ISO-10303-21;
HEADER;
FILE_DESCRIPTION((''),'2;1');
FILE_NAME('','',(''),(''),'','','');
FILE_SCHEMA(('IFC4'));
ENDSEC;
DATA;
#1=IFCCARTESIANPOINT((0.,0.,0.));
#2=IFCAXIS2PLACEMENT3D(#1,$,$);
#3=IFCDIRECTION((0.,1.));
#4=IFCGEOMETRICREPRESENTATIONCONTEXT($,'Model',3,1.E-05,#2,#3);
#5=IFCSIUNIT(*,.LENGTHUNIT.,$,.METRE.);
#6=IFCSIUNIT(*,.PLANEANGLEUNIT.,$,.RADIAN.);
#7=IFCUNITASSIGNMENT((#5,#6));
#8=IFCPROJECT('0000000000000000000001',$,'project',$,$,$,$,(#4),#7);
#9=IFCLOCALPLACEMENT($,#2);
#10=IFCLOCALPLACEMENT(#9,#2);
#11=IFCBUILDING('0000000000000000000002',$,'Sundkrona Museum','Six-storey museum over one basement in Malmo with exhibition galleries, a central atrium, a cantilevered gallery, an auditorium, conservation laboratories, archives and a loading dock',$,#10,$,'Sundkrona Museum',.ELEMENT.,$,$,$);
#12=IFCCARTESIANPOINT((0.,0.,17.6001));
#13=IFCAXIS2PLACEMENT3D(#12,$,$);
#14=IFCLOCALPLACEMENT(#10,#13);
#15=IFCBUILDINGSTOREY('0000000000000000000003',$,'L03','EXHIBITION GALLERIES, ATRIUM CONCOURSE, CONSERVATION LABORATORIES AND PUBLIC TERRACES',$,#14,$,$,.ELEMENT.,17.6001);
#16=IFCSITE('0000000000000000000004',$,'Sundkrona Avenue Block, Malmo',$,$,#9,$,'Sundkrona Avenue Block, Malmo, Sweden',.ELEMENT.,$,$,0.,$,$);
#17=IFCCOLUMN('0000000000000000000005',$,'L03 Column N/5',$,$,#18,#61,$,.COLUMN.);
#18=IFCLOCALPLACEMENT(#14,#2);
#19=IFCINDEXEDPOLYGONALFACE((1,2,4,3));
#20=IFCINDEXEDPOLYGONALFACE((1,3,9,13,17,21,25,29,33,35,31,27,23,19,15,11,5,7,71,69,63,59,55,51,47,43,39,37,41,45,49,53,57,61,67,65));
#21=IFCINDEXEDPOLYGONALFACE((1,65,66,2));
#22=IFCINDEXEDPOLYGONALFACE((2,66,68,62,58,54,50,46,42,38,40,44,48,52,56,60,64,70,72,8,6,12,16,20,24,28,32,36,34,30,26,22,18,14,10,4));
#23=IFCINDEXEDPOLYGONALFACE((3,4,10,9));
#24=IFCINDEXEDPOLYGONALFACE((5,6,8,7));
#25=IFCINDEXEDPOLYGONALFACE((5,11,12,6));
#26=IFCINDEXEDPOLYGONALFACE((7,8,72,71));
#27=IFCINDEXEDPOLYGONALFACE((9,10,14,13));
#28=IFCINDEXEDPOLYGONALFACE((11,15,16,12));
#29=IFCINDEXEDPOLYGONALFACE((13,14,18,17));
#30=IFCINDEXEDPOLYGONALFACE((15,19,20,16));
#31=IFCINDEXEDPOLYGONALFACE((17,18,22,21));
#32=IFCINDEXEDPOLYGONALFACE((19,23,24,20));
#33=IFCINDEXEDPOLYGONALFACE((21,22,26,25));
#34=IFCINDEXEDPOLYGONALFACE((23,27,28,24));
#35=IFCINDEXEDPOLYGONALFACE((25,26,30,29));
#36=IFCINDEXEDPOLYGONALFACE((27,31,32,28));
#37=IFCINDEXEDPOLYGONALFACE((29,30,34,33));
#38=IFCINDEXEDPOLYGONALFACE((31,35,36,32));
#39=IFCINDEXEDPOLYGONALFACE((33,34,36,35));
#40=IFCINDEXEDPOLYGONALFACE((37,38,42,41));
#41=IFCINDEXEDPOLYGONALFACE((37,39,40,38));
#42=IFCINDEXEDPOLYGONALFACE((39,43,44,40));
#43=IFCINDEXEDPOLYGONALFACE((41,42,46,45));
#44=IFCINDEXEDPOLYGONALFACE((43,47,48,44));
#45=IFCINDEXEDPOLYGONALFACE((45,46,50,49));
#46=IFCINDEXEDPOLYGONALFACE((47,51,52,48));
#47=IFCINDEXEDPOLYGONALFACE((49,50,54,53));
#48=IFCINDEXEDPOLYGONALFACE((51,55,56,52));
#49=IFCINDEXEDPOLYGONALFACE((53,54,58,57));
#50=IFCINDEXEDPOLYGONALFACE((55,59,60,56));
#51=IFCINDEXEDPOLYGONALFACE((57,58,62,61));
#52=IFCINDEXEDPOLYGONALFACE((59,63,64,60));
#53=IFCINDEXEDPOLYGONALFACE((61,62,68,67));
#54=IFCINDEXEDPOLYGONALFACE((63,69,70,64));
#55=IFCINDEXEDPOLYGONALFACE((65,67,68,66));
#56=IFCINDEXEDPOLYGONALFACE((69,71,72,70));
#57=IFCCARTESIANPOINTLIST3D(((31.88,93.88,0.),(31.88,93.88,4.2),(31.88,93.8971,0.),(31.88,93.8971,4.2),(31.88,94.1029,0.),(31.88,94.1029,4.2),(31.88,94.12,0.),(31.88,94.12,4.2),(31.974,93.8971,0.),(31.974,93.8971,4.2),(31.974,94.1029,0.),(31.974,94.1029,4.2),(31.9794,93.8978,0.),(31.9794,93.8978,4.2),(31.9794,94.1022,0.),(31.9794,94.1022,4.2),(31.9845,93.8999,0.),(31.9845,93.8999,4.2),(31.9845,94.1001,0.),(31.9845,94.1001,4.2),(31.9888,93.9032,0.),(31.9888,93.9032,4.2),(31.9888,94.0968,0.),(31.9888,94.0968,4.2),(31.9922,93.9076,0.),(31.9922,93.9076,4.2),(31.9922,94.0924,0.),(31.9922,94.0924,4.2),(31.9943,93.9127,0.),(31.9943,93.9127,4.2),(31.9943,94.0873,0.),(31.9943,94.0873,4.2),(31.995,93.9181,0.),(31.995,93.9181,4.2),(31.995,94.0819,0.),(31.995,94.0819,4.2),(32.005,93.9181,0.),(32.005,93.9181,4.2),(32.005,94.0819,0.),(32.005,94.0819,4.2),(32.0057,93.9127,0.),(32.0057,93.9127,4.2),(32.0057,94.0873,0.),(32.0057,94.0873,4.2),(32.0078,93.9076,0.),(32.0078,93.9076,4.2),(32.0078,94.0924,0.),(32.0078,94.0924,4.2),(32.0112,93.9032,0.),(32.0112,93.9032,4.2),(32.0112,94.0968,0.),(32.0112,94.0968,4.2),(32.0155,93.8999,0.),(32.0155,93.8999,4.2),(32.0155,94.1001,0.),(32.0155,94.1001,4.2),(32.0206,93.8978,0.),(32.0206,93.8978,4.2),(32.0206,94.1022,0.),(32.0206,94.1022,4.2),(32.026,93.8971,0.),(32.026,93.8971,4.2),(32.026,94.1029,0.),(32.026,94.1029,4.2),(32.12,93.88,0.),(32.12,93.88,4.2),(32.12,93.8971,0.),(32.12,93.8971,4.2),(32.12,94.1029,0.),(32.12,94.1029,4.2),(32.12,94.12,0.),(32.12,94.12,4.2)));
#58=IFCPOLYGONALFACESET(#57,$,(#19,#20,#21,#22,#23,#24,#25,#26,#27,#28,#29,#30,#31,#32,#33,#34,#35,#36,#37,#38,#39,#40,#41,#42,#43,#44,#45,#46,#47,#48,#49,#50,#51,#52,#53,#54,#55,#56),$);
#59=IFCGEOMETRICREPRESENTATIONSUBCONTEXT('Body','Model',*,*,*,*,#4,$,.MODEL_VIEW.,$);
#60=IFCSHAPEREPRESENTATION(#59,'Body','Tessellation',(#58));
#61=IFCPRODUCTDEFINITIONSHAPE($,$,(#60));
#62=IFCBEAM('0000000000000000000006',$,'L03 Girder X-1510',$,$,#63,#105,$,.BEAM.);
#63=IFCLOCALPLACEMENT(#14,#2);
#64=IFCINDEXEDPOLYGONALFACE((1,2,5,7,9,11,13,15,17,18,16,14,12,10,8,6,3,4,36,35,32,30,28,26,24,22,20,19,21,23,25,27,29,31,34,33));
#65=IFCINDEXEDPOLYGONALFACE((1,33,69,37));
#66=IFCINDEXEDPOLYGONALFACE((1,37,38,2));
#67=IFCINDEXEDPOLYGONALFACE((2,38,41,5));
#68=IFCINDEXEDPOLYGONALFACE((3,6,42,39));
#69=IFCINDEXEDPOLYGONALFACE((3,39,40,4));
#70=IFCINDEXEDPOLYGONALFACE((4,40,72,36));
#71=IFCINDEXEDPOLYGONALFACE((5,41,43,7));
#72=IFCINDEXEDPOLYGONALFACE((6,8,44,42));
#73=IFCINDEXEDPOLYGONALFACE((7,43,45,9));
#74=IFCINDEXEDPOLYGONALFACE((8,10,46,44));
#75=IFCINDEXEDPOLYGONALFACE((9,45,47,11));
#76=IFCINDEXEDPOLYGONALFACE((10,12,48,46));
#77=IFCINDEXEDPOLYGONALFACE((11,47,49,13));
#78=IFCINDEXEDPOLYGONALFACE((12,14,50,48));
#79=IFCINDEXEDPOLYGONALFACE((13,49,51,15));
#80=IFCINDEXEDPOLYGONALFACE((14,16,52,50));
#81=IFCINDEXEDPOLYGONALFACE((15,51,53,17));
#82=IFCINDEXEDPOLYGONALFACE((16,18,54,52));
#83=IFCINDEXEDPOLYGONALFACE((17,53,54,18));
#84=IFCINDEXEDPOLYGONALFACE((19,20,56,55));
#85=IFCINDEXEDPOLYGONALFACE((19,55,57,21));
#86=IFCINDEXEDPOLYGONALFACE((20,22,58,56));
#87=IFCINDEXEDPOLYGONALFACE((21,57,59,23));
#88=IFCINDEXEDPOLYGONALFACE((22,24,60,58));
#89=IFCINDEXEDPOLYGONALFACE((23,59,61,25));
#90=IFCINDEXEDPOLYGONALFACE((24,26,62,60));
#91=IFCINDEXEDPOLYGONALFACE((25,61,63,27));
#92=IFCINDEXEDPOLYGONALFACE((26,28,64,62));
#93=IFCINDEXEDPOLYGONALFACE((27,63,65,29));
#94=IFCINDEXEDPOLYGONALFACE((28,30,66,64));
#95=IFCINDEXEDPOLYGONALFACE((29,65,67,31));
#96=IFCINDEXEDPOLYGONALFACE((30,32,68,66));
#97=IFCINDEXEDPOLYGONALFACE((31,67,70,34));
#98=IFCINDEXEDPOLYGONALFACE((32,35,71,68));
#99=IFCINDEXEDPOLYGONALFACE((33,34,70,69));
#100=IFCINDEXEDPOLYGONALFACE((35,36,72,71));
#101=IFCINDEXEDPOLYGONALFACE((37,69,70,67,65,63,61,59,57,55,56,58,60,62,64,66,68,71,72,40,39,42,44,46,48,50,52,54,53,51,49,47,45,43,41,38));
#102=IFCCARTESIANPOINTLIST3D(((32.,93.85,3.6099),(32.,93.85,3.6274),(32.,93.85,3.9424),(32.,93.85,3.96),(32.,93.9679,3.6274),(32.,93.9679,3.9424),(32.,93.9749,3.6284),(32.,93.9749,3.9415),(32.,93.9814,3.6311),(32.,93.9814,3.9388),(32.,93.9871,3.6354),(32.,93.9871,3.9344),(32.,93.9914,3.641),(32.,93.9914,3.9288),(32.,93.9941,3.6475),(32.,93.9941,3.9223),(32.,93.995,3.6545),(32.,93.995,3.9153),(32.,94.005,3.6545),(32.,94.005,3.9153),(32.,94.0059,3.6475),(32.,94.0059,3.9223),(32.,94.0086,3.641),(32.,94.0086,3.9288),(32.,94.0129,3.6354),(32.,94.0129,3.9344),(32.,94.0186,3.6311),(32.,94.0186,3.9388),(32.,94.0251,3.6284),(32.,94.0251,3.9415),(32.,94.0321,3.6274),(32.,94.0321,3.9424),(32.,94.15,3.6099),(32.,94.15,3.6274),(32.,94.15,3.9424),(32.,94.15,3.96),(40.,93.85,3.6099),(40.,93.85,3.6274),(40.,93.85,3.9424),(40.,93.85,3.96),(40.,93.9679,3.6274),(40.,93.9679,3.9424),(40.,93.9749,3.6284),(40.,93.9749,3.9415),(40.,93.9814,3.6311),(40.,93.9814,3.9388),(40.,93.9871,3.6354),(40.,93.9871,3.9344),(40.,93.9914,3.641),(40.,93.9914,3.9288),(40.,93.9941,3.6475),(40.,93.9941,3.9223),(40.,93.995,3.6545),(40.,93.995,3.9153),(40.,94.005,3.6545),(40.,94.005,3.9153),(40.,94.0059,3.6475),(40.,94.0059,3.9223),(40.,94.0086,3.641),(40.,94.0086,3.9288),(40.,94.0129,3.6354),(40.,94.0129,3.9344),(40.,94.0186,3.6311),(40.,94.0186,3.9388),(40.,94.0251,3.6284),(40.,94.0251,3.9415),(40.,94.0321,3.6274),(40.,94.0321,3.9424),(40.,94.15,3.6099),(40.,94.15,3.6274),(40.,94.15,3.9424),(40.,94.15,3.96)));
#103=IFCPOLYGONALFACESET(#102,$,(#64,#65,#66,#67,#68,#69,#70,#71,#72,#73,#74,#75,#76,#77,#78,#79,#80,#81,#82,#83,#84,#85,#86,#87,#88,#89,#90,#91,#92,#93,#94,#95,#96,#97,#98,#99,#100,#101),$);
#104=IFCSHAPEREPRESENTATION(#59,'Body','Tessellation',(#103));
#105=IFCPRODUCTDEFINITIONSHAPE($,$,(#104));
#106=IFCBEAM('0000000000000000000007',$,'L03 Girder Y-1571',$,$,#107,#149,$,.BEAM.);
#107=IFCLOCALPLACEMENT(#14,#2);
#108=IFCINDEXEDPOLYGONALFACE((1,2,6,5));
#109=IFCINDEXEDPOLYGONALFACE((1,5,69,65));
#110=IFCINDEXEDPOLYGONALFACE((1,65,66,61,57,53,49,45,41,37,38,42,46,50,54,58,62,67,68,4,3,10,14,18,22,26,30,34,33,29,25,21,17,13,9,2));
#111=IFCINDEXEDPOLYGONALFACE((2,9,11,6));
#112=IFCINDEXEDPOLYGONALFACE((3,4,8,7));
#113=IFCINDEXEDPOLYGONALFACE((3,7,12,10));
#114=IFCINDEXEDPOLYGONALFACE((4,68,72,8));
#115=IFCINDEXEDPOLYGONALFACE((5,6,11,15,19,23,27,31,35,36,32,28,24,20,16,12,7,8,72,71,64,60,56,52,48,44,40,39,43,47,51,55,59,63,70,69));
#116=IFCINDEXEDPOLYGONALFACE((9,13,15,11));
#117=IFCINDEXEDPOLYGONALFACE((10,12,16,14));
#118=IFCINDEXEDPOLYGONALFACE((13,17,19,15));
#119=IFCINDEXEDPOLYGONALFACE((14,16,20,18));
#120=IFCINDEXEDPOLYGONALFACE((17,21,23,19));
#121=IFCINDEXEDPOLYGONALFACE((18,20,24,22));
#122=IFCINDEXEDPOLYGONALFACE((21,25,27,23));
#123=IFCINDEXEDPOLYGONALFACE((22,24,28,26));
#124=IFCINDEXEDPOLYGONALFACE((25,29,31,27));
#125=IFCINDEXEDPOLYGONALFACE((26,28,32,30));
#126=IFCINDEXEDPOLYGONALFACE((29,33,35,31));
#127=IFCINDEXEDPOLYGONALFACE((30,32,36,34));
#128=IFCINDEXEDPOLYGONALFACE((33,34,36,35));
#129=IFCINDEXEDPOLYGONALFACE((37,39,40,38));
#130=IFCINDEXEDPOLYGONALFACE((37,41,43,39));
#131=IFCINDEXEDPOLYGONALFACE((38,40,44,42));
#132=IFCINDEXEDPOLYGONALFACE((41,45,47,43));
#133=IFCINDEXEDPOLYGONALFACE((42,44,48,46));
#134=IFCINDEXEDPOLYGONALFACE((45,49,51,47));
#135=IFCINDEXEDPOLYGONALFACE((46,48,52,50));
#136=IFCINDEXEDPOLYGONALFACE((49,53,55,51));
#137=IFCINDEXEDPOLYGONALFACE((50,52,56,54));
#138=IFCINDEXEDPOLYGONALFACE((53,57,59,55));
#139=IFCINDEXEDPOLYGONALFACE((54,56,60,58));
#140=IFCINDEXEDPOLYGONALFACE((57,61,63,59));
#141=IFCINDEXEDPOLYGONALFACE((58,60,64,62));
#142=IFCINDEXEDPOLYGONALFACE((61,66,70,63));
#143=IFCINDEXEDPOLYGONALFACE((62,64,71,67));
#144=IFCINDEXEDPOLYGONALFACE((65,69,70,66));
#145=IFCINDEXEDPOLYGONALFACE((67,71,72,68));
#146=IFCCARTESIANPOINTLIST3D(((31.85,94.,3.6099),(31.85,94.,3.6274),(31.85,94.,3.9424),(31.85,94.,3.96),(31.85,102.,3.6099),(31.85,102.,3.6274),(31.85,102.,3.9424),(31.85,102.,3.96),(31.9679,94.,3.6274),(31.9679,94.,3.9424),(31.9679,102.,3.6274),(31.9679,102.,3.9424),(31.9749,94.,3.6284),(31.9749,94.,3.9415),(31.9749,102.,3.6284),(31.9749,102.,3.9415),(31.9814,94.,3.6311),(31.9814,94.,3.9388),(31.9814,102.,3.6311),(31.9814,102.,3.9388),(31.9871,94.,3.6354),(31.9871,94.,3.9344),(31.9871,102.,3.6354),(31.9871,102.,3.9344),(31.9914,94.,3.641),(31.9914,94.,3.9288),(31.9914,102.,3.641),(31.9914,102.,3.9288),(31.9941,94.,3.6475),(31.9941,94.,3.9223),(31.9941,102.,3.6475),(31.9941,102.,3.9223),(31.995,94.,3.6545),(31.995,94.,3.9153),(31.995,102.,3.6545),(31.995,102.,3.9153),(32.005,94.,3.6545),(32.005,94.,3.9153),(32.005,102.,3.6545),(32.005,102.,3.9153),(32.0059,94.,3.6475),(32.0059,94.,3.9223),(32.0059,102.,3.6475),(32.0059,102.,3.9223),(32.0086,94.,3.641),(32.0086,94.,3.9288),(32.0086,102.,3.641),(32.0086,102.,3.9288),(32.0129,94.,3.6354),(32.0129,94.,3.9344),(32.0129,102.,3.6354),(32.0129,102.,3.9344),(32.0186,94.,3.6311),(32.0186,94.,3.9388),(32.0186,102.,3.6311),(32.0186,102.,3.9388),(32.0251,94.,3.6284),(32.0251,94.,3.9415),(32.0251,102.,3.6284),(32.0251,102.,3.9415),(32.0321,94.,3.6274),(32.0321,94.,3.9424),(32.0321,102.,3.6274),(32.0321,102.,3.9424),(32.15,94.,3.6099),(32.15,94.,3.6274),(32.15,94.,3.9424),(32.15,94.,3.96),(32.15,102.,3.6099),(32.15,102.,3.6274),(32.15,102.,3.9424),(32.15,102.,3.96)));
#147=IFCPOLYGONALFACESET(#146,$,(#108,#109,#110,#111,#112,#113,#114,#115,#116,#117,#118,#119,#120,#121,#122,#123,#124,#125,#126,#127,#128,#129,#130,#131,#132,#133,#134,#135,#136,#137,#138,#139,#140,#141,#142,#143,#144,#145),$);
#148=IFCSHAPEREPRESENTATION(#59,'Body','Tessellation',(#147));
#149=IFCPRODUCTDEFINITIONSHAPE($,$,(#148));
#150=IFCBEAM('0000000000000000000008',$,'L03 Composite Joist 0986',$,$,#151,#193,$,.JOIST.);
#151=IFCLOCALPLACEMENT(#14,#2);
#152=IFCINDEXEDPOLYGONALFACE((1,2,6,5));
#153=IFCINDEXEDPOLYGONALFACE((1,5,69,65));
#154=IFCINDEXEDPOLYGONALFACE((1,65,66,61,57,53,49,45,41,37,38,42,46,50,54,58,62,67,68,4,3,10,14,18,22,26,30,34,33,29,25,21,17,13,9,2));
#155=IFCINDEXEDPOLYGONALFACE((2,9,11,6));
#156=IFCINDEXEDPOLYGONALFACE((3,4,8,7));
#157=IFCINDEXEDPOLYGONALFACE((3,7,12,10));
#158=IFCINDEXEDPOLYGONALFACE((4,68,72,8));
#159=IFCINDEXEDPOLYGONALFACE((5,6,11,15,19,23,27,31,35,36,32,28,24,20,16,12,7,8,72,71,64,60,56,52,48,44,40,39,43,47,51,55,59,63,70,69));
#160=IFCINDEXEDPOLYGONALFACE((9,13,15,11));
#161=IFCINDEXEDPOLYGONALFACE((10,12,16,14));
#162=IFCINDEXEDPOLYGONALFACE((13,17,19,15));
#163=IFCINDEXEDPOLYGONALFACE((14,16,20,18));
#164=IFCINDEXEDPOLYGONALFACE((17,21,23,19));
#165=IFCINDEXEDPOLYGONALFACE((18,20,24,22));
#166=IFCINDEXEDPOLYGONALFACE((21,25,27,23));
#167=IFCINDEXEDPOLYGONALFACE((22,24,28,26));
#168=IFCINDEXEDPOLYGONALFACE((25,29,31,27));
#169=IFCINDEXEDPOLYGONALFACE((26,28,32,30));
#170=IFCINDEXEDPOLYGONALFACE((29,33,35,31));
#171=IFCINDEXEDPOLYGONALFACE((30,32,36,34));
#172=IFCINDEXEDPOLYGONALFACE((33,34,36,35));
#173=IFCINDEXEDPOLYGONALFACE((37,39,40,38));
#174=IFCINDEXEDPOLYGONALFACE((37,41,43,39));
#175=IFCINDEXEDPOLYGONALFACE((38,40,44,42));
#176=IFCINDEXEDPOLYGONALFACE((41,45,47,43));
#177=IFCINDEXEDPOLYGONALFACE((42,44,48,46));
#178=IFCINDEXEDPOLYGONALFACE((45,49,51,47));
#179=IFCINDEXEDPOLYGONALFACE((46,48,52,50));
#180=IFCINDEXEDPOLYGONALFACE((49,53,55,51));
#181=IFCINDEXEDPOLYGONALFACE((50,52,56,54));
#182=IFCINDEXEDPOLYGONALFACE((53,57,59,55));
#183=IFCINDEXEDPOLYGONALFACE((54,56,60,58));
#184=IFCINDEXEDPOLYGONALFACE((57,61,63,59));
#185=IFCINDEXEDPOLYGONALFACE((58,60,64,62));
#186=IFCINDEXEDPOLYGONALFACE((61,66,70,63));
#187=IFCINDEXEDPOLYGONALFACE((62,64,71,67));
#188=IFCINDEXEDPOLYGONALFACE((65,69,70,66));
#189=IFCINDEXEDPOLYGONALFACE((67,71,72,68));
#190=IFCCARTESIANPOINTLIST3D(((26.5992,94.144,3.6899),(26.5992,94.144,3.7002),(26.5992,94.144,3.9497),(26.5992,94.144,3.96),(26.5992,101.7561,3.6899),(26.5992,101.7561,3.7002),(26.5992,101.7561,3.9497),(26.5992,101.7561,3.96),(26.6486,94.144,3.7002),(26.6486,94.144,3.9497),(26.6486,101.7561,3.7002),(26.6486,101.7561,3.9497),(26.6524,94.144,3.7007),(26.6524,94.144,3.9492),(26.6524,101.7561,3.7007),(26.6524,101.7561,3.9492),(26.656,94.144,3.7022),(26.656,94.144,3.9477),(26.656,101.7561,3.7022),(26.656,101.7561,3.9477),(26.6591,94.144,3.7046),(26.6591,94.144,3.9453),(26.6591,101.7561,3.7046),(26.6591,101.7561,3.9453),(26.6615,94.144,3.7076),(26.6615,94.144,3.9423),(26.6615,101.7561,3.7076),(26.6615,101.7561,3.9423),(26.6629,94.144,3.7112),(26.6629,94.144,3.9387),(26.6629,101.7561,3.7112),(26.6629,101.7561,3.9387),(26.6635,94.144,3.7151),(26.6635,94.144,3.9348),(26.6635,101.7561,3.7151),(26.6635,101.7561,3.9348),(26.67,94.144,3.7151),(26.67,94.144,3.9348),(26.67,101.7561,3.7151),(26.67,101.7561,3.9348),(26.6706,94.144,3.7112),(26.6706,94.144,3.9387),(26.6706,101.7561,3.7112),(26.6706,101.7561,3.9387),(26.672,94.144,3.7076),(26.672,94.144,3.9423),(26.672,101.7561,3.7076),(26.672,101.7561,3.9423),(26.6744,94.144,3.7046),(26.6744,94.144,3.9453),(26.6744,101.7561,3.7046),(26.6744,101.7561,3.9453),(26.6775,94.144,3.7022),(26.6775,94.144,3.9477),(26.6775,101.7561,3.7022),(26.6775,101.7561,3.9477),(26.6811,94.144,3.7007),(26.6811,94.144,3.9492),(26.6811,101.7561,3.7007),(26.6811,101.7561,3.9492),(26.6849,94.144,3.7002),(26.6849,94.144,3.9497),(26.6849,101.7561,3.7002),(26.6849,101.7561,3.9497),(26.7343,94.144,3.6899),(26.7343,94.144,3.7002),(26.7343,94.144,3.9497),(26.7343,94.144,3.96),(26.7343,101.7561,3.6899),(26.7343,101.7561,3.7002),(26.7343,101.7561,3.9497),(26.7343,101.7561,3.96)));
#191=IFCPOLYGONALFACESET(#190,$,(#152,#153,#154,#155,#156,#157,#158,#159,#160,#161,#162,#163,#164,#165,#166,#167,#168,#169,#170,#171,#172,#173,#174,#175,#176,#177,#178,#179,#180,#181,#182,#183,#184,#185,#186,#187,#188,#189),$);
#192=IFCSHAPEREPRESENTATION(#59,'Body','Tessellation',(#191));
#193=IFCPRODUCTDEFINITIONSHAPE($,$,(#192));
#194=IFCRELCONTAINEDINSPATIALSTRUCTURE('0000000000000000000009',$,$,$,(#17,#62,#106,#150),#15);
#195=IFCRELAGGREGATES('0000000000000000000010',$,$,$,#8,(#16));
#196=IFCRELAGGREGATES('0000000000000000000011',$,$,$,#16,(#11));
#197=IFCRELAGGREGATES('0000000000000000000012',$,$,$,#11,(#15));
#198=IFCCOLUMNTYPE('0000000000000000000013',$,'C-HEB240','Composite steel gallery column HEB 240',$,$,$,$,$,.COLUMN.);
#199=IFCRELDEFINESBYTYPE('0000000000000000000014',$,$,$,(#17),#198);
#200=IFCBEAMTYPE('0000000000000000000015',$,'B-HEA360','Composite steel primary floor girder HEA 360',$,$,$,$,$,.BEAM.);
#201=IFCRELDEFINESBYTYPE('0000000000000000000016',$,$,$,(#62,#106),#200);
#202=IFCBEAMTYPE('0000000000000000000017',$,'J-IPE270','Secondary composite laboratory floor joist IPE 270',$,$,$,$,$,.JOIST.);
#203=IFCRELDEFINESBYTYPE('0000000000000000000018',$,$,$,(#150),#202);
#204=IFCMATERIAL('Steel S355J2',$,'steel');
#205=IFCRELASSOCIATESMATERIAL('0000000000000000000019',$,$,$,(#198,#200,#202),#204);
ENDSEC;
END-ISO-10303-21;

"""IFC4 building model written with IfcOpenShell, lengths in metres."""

from ifc_helpers import new_model, si_unit, direction, frame, origin, origin_2d, place, context, subcontext, project, spatial, i_section, extrude, material, material_profile, profile_set, type_object, element, save


model = new_model("IFC4")

# Units and contexts
model_context = context("Model", 3, precision=1e-05, world=origin(), true_north=direction((0.0, 1.0)))
body_context = subcontext(model_context, "Body", "Model", "MODEL_VIEW")
ifc_project = project(units=[si_unit("LENGTHUNIT", "METRE"), si_unit("PLANEANGLEUNIT", "RADIAN")], contexts=[model_context])

# Site, building, storey
site_placement = place(None, origin())
site = spatial("IfcSite", under=ifc_project, at=site_placement, Name="Sundkrona Avenue Block, Malmo", LongName="Sundkrona Avenue Block, Malmo, Sweden", CompositionType="ELEMENT", RefElevation=0.0)
building_placement = place(site_placement, origin())
building = spatial("IfcBuilding", under=site, at=building_placement, Name="Sundkrona Museum", Description="Six-storey museum over one basement in Malmo with exhibition galleries, a central atrium, a cantilevered gallery, an auditorium, conservation laboratories, archives and a loading dock", LongName="Sundkrona Museum", CompositionType="ELEMENT")
storey_placement = place(building_placement, frame((0.0, 0.0, 17.6001)))
storey = spatial("IfcBuildingStorey", under=building, at=storey_placement, Name="L03", Description="EXHIBITION GALLERIES, ATRIUM CONCOURSE, CONSERVATION LABORATORIES AND PUBLIC TERRACES", CompositionType="ELEMENT", Elevation=17.6001)

# Column
ifc_material_1 = material(Name="Steel S355J2", Category="steel")
ifc_material_profile_1 = material_profile(ifc_material_1, i_section(OverallWidth=0.24, OverallDepth=0.24, WebThickness=0.01, FlangeThickness=0.0171, FilletRadius=0.021, at=origin_2d()), Name="HEB 240")
ifc_profile_set_1 = profile_set([ifc_material_profile_1], Name="Steel S355J2")
column_type = type_object("IfcColumnType", Name="C-HEB240", Description="Composite steel gallery column HEB 240", PredefinedType="COLUMN", material=ifc_profile_set_1)
column_placement = place(storey_placement, frame((32.0, 94.0, 0.0), z_axis=(0.0, 0.0, 1.0), x_axis=(1.0, 0.0, 0.0)))
element("IfcColumn", 1, at=column_placement, inside=storey, type_object=column_type, Name="L03 Column N/5", PredefinedType="COLUMN", context=body_context, shape_type="SweptSolid", body=[
    extrude(i_section(OverallWidth=0.24, OverallDepth=0.24, WebThickness=0.01, FlangeThickness=0.0171, FilletRadius=0.021, at=origin_2d()), origin(), (0.0, 0.0, 1.0), 4.2),
])

# Beams
ifc_material_profile_2 = material_profile(ifc_material_1, i_section(OverallWidth=0.3, OverallDepth=0.3501, WebThickness=0.01, FlangeThickness=0.0176, FilletRadius=0.0271, at=origin_2d()), Name="HEA 360")
ifc_profile_set_2 = profile_set([ifc_material_profile_2], Name="Steel S355J2")
beam_type_1 = type_object("IfcBeamType", Name="B-HEA360", Description="Composite steel primary floor girder HEA 360", PredefinedType="BEAM", material=ifc_profile_set_2)
for number, where, z_axis, x_axis, name in (
    (2, (32.0, 94.0, 3.7849), (1.0, 0.0, 0.0), (0.0, 1.0, 0.0), "L03 Girder X-1510"),
    (3, (32.0, 94.0, 3.7849), (0.0, 1.0, 0.0), (-1.0, 0.0, 0.0), "L03 Girder Y-1571"),
):
    element("IfcBeam", number, at=place(storey_placement, frame(where, z_axis=z_axis, x_axis=x_axis)), inside=storey, type_object=beam_type_1, Name=name, PredefinedType="BEAM", context=body_context, shape_type="SweptSolid", body=[
        extrude(i_section(OverallWidth=0.3, OverallDepth=0.3501, WebThickness=0.01, FlangeThickness=0.0176, FilletRadius=0.0271, at=origin_2d()), origin(), (0.0, 0.0, 1.0), 8.0),
    ])
ifc_material_profile_3 = material_profile(ifc_material_1, i_section(OverallWidth=0.135, OverallDepth=0.27, WebThickness=0.0066, FlangeThickness=0.0103, FilletRadius=0.0149, at=origin_2d()), Name="IPE 270")
ifc_profile_set_3 = profile_set([ifc_material_profile_3], Name="Steel S355J2")
beam_type_2 = type_object("IfcBeamType", Name="J-IPE270", Description="Secondary composite laboratory floor joist IPE 270", PredefinedType="JOIST", material=ifc_profile_set_3)
for number, where, z_axis, x_axis, name in (
    (4, (26.6667, 94.144, 3.825), (0.0, 1.0, 0.0), (-1.0, 0.0, 0.0), "L03 Composite Joist 0986"),
):
    element("IfcBeam", number, at=place(storey_placement, frame(where, z_axis=z_axis, x_axis=x_axis)), inside=storey, type_object=beam_type_2, Name=name, PredefinedType="JOIST", context=body_context, shape_type="SweptSolid", body=[
        extrude(i_section(OverallWidth=0.135, OverallDepth=0.27, WebThickness=0.0066, FlangeThickness=0.0103, FilletRadius=0.0149, at=origin_2d()), origin(), (0.0, 0.0, 1.0), 7.6121),
    ])

save(model, "model.ifc")
